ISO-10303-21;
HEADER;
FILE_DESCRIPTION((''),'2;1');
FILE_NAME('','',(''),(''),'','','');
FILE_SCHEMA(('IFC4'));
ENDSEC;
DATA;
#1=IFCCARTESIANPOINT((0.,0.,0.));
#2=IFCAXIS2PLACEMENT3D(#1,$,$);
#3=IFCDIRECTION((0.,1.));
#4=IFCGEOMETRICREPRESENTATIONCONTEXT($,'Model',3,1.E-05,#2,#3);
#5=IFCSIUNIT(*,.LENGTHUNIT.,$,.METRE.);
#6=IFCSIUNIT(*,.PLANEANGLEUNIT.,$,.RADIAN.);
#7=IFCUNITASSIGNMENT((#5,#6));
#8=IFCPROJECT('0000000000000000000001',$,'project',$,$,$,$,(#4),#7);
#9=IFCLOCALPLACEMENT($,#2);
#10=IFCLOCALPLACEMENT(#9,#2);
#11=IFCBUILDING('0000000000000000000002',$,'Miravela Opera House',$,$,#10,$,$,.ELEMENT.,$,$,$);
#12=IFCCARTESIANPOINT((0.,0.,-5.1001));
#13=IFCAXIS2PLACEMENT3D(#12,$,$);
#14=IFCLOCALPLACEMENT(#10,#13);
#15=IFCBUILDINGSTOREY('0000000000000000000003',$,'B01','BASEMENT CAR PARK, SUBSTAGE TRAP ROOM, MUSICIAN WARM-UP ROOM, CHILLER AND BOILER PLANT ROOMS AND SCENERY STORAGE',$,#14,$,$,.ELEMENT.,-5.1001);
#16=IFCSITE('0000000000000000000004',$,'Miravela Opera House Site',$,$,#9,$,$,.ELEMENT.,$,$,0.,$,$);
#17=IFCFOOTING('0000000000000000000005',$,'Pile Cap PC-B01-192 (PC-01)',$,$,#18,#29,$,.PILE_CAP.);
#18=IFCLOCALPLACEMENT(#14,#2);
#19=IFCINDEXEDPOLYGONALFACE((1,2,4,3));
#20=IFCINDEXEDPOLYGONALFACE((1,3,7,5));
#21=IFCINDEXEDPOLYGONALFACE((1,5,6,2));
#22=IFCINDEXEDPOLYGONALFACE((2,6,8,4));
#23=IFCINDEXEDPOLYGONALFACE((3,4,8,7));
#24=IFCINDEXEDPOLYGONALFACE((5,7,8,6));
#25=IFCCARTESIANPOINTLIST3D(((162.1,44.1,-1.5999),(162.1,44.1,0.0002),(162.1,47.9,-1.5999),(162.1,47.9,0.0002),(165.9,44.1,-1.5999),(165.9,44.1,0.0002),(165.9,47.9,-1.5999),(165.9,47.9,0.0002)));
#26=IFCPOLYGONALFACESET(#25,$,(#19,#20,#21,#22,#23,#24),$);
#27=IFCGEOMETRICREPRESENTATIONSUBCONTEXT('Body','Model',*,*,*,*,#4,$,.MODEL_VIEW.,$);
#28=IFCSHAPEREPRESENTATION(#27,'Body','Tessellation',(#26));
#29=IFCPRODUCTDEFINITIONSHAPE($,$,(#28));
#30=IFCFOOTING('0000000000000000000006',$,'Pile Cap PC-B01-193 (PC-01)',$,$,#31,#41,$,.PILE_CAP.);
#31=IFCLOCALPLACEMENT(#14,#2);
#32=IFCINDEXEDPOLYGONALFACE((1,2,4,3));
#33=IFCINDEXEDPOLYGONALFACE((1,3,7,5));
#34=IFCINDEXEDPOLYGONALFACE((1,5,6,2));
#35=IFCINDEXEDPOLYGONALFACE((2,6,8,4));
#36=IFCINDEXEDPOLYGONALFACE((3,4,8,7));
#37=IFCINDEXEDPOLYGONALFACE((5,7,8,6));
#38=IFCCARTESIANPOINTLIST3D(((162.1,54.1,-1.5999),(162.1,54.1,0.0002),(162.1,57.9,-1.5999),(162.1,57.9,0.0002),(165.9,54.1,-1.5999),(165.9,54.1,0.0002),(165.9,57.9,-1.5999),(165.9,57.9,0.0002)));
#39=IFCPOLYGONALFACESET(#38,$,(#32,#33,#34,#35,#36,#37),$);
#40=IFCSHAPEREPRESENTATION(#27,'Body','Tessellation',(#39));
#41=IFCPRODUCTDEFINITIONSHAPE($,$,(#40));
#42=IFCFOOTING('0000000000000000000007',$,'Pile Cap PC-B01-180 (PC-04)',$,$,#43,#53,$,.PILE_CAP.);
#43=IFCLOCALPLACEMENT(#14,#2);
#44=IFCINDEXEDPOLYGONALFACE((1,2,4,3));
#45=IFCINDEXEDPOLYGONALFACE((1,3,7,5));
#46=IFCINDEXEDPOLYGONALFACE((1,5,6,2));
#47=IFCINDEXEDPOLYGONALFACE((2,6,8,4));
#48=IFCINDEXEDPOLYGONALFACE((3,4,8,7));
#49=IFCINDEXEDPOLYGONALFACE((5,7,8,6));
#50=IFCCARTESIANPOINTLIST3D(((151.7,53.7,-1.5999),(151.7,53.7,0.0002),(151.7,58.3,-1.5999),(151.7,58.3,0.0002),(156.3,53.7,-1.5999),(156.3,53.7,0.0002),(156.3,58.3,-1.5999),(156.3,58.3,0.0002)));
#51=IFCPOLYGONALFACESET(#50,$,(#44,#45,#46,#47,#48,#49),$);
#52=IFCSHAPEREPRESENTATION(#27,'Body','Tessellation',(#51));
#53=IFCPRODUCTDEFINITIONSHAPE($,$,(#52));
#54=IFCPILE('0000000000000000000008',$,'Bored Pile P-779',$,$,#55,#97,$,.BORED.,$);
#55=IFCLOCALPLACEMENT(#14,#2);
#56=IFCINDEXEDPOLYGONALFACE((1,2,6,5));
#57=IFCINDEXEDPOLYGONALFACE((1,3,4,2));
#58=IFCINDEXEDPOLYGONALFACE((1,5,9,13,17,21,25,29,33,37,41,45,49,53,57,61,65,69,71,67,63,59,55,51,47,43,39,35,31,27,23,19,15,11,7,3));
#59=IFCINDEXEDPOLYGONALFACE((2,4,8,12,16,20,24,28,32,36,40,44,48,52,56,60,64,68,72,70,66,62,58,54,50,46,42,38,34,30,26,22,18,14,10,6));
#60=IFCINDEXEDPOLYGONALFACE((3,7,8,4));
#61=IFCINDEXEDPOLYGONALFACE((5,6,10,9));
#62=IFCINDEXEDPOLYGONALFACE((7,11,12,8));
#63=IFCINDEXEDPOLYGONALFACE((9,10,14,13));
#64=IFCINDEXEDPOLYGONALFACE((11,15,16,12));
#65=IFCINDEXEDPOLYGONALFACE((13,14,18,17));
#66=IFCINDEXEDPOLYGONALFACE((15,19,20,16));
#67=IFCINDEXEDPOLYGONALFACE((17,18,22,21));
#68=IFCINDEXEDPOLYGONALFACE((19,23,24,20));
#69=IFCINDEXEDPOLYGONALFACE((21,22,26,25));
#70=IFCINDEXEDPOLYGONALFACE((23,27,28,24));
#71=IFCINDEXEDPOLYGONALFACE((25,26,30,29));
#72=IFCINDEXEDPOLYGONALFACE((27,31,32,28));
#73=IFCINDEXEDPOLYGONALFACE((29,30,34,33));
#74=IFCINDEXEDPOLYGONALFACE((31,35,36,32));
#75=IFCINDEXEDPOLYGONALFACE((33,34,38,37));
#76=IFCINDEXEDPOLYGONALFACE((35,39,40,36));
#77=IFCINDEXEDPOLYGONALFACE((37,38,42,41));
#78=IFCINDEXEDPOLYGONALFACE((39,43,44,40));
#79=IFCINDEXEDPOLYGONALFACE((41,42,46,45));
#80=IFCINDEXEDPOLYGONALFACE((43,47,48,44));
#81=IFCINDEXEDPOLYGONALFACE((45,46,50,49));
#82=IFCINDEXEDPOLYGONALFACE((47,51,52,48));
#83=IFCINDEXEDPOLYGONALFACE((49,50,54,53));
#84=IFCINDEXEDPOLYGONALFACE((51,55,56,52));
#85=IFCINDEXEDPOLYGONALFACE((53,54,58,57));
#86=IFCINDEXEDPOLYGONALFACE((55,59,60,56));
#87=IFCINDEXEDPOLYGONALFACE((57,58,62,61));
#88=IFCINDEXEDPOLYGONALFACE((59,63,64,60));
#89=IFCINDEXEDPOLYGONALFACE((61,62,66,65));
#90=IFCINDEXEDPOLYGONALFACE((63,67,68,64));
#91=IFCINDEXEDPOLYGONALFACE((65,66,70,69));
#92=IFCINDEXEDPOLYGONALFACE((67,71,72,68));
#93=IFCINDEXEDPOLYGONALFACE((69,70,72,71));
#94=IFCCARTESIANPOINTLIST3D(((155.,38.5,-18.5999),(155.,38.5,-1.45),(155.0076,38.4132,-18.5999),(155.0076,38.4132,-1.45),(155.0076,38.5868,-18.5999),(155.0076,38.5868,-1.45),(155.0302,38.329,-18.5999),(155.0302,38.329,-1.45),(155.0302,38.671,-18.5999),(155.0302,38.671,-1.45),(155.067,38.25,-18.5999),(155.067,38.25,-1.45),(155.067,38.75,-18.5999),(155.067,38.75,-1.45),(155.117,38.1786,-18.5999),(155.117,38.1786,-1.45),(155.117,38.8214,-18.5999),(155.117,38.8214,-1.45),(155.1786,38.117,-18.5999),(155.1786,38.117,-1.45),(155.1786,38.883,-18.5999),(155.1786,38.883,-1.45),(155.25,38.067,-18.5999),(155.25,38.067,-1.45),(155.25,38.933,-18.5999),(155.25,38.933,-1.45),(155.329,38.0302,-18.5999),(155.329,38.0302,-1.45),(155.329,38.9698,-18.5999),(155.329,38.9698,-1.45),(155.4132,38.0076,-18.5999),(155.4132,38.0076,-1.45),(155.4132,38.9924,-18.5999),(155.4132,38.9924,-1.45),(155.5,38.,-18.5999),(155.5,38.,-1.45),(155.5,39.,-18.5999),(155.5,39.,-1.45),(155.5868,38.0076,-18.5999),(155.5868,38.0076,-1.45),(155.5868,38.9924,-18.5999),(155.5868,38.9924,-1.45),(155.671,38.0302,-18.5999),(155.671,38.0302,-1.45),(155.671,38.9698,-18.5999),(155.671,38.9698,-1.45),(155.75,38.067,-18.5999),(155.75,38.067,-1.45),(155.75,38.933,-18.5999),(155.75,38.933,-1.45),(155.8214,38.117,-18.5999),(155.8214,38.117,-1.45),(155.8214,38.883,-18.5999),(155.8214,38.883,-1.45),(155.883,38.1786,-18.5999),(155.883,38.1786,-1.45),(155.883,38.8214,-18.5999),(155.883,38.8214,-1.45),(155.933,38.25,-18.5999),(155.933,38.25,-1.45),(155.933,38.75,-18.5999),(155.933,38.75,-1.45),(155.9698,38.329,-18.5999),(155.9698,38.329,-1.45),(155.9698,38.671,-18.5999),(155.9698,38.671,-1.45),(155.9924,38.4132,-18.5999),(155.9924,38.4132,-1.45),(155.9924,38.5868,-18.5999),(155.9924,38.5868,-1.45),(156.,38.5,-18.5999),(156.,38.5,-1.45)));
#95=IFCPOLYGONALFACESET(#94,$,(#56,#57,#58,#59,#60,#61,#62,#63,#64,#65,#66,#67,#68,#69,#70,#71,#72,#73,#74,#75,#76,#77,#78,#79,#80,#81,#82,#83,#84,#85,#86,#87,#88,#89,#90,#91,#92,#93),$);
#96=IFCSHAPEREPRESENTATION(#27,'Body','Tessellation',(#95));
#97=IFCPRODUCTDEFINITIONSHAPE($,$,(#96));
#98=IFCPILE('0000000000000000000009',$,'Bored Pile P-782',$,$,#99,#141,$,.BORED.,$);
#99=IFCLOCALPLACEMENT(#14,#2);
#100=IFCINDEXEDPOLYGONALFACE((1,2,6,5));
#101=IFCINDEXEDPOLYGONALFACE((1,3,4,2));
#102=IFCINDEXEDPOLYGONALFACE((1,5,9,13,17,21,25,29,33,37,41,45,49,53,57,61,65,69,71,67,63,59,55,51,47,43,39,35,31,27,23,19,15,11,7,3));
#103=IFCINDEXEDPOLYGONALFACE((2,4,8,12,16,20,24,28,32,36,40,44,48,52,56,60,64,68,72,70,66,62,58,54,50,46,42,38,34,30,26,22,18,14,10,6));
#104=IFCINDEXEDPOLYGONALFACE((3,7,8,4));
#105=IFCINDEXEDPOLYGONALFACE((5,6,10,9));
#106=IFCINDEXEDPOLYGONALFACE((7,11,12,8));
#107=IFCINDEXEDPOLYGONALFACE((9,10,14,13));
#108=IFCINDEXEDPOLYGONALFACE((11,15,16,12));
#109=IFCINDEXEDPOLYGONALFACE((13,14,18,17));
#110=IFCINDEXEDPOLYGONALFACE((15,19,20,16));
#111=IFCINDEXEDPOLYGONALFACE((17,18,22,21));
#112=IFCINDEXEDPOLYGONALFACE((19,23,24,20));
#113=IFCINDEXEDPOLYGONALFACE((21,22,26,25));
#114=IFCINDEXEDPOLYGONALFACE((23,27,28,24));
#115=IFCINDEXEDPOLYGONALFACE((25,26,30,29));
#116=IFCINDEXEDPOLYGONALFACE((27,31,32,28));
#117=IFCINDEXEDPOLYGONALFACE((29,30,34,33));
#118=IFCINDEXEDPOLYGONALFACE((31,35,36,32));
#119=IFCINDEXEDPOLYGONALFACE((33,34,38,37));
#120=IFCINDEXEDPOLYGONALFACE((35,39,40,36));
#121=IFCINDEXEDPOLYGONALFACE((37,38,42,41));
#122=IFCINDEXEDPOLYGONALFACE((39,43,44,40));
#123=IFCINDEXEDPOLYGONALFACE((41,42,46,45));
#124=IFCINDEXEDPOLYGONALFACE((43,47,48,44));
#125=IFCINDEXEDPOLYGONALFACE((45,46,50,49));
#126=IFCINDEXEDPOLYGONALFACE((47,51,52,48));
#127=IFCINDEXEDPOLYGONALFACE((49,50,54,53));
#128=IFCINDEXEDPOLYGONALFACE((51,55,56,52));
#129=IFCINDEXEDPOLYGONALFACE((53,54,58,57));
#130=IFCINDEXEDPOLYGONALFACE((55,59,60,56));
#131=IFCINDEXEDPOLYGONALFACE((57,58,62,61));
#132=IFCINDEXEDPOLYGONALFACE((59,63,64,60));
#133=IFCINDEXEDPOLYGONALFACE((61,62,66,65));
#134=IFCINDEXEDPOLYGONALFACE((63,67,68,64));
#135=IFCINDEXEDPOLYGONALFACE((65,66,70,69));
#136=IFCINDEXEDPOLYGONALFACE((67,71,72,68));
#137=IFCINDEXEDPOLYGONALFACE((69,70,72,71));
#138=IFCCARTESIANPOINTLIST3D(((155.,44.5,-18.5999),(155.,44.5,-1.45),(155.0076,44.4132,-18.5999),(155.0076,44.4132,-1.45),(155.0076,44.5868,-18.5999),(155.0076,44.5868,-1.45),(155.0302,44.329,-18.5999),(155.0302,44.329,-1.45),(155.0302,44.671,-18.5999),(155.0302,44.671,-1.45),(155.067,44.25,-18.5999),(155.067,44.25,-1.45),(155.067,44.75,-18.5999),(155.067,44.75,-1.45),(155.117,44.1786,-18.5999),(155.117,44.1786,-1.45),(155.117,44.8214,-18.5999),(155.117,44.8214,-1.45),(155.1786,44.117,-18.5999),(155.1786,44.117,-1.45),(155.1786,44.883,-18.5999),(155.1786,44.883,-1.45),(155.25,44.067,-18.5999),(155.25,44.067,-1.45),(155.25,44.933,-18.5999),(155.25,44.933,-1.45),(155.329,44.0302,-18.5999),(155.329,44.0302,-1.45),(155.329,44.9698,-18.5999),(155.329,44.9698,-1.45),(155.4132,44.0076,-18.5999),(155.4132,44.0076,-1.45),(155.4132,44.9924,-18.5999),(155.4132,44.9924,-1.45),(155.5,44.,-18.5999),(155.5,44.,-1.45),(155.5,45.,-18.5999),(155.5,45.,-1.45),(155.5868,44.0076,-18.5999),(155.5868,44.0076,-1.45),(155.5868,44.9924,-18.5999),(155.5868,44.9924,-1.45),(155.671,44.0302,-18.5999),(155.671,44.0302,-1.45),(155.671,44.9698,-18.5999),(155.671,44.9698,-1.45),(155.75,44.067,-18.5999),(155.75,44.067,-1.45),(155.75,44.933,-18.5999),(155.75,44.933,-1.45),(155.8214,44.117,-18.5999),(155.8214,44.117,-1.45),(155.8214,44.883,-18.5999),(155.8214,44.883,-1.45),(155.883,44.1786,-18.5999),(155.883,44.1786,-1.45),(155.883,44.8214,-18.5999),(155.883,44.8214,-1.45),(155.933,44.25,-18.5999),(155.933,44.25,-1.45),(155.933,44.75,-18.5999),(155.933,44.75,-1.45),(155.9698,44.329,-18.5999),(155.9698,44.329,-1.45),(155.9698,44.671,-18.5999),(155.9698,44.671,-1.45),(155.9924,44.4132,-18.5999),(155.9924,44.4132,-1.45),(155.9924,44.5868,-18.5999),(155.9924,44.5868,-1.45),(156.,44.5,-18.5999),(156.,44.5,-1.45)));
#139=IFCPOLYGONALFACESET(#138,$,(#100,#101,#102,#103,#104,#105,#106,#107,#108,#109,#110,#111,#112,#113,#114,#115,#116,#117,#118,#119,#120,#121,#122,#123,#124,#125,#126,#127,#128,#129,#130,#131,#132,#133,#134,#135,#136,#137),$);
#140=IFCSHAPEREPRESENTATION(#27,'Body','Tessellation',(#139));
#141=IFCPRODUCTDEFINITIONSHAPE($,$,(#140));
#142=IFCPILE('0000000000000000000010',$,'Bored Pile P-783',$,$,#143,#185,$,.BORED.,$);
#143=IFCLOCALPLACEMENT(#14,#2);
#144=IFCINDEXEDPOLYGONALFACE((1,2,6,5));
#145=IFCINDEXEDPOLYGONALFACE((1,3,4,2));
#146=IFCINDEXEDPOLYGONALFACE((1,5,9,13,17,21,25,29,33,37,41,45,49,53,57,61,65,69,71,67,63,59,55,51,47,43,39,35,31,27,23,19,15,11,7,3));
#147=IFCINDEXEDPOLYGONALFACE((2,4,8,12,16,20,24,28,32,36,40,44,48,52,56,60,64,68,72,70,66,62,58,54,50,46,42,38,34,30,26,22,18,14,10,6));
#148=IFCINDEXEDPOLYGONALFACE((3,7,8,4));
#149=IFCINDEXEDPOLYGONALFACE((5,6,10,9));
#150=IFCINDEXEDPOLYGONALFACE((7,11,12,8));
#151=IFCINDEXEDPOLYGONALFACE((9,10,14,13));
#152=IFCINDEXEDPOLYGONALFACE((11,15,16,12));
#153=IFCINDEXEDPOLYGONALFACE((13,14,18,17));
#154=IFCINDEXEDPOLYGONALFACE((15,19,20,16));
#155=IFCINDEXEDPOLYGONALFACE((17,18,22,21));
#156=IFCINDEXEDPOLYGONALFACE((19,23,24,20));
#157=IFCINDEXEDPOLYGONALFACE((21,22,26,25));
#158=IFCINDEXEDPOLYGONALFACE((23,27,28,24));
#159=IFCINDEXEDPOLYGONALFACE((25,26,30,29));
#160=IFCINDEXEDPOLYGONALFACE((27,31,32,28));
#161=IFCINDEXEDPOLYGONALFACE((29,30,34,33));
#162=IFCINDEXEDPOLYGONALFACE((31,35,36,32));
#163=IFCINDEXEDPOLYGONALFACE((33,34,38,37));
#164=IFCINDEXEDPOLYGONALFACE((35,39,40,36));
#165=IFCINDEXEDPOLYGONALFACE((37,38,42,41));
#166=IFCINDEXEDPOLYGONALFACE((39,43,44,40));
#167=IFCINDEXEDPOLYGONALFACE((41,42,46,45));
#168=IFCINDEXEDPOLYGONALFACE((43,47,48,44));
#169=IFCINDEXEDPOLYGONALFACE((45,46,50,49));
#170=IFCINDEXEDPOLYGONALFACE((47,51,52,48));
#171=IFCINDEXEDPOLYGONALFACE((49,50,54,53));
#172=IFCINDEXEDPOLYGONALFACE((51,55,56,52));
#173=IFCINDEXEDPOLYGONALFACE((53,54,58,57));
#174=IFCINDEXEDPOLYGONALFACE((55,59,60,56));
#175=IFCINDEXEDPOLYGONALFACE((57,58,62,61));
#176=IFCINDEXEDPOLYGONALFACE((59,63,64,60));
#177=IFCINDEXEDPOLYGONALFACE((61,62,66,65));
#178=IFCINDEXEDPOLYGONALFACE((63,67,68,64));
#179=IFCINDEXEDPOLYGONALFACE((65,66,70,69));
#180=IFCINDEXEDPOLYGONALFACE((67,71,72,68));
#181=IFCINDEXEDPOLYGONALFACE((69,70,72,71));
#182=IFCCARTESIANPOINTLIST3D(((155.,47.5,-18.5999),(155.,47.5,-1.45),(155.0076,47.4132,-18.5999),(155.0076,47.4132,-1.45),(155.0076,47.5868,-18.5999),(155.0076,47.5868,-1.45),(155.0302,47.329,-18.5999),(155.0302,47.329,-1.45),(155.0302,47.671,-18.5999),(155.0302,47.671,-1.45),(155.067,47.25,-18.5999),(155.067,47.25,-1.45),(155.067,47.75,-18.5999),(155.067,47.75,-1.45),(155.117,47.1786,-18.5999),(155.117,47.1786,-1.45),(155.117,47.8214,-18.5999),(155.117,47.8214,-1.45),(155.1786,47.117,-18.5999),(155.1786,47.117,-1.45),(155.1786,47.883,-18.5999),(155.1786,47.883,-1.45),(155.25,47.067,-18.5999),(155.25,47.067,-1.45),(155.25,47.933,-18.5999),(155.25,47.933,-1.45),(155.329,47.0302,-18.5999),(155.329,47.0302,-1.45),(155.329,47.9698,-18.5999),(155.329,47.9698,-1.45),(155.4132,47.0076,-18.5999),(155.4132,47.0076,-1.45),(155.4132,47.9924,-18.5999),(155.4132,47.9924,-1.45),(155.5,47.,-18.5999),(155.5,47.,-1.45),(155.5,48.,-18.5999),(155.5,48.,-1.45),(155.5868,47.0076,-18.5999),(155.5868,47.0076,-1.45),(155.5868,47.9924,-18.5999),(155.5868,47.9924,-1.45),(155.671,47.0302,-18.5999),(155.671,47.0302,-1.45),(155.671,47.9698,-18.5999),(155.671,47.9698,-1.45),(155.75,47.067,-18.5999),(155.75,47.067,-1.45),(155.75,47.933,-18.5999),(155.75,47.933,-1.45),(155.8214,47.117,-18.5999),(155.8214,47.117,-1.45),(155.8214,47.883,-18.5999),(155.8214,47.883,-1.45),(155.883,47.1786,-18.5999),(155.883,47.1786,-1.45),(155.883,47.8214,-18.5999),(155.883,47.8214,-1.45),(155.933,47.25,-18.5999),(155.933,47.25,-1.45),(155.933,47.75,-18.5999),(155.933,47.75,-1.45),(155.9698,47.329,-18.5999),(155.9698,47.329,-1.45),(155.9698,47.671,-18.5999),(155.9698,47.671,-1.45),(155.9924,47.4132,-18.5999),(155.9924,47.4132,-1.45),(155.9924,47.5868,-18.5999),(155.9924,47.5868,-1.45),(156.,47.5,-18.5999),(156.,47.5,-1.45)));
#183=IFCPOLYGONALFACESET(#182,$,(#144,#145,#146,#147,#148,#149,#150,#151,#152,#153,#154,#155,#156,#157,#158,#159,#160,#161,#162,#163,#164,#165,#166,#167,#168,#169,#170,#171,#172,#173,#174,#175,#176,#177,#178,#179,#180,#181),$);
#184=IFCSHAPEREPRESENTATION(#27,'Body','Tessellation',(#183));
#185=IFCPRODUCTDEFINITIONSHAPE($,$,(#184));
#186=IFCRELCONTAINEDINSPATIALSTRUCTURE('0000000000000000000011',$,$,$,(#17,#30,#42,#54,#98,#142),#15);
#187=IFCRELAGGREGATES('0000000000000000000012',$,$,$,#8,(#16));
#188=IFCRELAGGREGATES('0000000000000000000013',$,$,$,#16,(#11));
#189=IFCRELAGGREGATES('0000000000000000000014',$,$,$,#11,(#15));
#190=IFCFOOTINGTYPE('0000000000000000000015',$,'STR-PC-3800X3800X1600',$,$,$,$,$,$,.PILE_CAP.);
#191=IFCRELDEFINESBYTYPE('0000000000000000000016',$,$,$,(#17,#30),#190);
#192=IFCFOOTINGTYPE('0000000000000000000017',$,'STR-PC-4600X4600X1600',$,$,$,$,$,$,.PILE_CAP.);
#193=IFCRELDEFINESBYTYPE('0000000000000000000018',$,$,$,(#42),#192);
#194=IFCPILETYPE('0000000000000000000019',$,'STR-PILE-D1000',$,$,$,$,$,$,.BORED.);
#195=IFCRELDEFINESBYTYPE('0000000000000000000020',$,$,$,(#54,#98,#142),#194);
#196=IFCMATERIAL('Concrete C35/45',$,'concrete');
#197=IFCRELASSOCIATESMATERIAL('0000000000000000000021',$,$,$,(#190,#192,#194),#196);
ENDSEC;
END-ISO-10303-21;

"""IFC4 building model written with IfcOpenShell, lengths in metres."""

from ifc_helpers import new_model, si_unit, direction, frame, origin, origin_2d, place, context, subcontext, project, spatial, rectangle, circle, extrude, material, material_profile, profile_set, type_object, element, save


model = new_model("IFC4")

# Units and contexts
model_context = context("Model", 3, precision=1e-05, world=origin(), true_north=direction((0.0, 1.0)))
body_context = subcontext(model_context, "Body", "Model", "MODEL_VIEW")
ifc_project = project(units=[si_unit("LENGTHUNIT", "METRE"), si_unit("PLANEANGLEUNIT", "RADIAN")], contexts=[model_context])

# Site, building, storey
site_placement = place(None, origin())
site = spatial("IfcSite", under=ifc_project, at=site_placement, Name="Miravela Opera House Site", CompositionType="ELEMENT", RefElevation=0.0)
building_placement = place(site_placement, origin())
building = spatial("IfcBuilding", under=site, at=building_placement, Name="Miravela Opera House", CompositionType="ELEMENT")
storey_placement = place(building_placement, frame((0.0, 0.0, -5.1001)))
storey = spatial("IfcBuildingStorey", under=building, at=storey_placement, Name="B01", Description="BASEMENT CAR PARK, SUBSTAGE TRAP ROOM, MUSICIAN WARM-UP ROOM, CHILLER AND BOILER PLANT ROOMS AND SCENERY STORAGE", CompositionType="ELEMENT", Elevation=-5.1001)

# Footings
ifc_material_1 = material(Name="Concrete C35/45", Category="concrete")
footing_type_1 = type_object("IfcFootingType", Name="STR-PC-3800X3800X1600", PredefinedType="PILE_CAP", material=ifc_material_1)
for number, where, z_axis, x_axis, name in (
    (1, (164.0, 46.0, -1.5999), (0.0, 0.0, 1.0), (1.0, 0.0, 0.0), "Pile Cap PC-B01-192 (PC-01)"),
    (2, (164.0, 56.0, -1.5999), (0.0, 0.0, 1.0), (1.0, 0.0, 0.0), "Pile Cap PC-B01-193 (PC-01)"),
):
    element("IfcFooting", number, at=place(storey_placement, frame(where, z_axis=z_axis, x_axis=x_axis)), inside=storey, type_object=footing_type_1, Name=name, PredefinedType="PILE_CAP", context=body_context, shape_type="SweptSolid", body=[
        extrude(rectangle(XDim=3.8, YDim=3.8, at=origin_2d()), origin(), (0.0, 0.0, 1.0), 1.6001),
    ])
footing_type_2 = type_object("IfcFootingType", Name="STR-PC-4600X4600X1600", PredefinedType="PILE_CAP", material=ifc_material_1)
footing_placement = place(storey_placement, frame((154.0, 56.0, -1.5999), z_axis=(0.0, 0.0, 1.0), x_axis=(1.0, 0.0, 0.0)))
element("IfcFooting", 3, at=footing_placement, inside=storey, type_object=footing_type_2, Name="Pile Cap PC-B01-180 (PC-04)", PredefinedType="PILE_CAP", context=body_context, shape_type="SweptSolid", body=[
    extrude(rectangle(XDim=4.6001, YDim=4.6001, at=origin_2d()), origin(), (0.0, 0.0, 1.0), 1.6001),
])

# Piles
ifc_material_profile_1 = material_profile(ifc_material_1, circle(Radius=0.5, at=origin_2d()), Name="PILE-D1000")
ifc_profile_set_1 = profile_set([ifc_material_profile_1])
pile_type_1 = type_object("IfcPileType", Name="STR-PILE-D1000", PredefinedType="BORED", material=ifc_profile_set_1)
for number, where, z_axis, x_axis, name in (
    (4, (155.5, 38.5, -1.45), (0.0, 0.0, -1.0), (1.0, 0.0, 0.0), "Bored Pile P-779"),
    (5, (155.5, 44.5, -1.45), (0.0, 0.0, -1.0), (1.0, 0.0, 0.0), "Bored Pile P-782"),
    (6, (155.5, 47.5, -1.45), (0.0, 0.0, -1.0), (1.0, 0.0, 0.0), "Bored Pile P-783"),
):
    element("IfcPile", number, at=place(storey_placement, frame(where, z_axis=z_axis, x_axis=x_axis)), inside=storey, type_object=pile_type_1, Name=name, PredefinedType="BORED", context=body_context, shape_type="SweptSolid", body=[
        extrude(circle(Radius=0.5, at=origin_2d()), origin(), (0.0, 0.0, 1.0), 17.1499),
    ])

save(model, "model.ifc")
